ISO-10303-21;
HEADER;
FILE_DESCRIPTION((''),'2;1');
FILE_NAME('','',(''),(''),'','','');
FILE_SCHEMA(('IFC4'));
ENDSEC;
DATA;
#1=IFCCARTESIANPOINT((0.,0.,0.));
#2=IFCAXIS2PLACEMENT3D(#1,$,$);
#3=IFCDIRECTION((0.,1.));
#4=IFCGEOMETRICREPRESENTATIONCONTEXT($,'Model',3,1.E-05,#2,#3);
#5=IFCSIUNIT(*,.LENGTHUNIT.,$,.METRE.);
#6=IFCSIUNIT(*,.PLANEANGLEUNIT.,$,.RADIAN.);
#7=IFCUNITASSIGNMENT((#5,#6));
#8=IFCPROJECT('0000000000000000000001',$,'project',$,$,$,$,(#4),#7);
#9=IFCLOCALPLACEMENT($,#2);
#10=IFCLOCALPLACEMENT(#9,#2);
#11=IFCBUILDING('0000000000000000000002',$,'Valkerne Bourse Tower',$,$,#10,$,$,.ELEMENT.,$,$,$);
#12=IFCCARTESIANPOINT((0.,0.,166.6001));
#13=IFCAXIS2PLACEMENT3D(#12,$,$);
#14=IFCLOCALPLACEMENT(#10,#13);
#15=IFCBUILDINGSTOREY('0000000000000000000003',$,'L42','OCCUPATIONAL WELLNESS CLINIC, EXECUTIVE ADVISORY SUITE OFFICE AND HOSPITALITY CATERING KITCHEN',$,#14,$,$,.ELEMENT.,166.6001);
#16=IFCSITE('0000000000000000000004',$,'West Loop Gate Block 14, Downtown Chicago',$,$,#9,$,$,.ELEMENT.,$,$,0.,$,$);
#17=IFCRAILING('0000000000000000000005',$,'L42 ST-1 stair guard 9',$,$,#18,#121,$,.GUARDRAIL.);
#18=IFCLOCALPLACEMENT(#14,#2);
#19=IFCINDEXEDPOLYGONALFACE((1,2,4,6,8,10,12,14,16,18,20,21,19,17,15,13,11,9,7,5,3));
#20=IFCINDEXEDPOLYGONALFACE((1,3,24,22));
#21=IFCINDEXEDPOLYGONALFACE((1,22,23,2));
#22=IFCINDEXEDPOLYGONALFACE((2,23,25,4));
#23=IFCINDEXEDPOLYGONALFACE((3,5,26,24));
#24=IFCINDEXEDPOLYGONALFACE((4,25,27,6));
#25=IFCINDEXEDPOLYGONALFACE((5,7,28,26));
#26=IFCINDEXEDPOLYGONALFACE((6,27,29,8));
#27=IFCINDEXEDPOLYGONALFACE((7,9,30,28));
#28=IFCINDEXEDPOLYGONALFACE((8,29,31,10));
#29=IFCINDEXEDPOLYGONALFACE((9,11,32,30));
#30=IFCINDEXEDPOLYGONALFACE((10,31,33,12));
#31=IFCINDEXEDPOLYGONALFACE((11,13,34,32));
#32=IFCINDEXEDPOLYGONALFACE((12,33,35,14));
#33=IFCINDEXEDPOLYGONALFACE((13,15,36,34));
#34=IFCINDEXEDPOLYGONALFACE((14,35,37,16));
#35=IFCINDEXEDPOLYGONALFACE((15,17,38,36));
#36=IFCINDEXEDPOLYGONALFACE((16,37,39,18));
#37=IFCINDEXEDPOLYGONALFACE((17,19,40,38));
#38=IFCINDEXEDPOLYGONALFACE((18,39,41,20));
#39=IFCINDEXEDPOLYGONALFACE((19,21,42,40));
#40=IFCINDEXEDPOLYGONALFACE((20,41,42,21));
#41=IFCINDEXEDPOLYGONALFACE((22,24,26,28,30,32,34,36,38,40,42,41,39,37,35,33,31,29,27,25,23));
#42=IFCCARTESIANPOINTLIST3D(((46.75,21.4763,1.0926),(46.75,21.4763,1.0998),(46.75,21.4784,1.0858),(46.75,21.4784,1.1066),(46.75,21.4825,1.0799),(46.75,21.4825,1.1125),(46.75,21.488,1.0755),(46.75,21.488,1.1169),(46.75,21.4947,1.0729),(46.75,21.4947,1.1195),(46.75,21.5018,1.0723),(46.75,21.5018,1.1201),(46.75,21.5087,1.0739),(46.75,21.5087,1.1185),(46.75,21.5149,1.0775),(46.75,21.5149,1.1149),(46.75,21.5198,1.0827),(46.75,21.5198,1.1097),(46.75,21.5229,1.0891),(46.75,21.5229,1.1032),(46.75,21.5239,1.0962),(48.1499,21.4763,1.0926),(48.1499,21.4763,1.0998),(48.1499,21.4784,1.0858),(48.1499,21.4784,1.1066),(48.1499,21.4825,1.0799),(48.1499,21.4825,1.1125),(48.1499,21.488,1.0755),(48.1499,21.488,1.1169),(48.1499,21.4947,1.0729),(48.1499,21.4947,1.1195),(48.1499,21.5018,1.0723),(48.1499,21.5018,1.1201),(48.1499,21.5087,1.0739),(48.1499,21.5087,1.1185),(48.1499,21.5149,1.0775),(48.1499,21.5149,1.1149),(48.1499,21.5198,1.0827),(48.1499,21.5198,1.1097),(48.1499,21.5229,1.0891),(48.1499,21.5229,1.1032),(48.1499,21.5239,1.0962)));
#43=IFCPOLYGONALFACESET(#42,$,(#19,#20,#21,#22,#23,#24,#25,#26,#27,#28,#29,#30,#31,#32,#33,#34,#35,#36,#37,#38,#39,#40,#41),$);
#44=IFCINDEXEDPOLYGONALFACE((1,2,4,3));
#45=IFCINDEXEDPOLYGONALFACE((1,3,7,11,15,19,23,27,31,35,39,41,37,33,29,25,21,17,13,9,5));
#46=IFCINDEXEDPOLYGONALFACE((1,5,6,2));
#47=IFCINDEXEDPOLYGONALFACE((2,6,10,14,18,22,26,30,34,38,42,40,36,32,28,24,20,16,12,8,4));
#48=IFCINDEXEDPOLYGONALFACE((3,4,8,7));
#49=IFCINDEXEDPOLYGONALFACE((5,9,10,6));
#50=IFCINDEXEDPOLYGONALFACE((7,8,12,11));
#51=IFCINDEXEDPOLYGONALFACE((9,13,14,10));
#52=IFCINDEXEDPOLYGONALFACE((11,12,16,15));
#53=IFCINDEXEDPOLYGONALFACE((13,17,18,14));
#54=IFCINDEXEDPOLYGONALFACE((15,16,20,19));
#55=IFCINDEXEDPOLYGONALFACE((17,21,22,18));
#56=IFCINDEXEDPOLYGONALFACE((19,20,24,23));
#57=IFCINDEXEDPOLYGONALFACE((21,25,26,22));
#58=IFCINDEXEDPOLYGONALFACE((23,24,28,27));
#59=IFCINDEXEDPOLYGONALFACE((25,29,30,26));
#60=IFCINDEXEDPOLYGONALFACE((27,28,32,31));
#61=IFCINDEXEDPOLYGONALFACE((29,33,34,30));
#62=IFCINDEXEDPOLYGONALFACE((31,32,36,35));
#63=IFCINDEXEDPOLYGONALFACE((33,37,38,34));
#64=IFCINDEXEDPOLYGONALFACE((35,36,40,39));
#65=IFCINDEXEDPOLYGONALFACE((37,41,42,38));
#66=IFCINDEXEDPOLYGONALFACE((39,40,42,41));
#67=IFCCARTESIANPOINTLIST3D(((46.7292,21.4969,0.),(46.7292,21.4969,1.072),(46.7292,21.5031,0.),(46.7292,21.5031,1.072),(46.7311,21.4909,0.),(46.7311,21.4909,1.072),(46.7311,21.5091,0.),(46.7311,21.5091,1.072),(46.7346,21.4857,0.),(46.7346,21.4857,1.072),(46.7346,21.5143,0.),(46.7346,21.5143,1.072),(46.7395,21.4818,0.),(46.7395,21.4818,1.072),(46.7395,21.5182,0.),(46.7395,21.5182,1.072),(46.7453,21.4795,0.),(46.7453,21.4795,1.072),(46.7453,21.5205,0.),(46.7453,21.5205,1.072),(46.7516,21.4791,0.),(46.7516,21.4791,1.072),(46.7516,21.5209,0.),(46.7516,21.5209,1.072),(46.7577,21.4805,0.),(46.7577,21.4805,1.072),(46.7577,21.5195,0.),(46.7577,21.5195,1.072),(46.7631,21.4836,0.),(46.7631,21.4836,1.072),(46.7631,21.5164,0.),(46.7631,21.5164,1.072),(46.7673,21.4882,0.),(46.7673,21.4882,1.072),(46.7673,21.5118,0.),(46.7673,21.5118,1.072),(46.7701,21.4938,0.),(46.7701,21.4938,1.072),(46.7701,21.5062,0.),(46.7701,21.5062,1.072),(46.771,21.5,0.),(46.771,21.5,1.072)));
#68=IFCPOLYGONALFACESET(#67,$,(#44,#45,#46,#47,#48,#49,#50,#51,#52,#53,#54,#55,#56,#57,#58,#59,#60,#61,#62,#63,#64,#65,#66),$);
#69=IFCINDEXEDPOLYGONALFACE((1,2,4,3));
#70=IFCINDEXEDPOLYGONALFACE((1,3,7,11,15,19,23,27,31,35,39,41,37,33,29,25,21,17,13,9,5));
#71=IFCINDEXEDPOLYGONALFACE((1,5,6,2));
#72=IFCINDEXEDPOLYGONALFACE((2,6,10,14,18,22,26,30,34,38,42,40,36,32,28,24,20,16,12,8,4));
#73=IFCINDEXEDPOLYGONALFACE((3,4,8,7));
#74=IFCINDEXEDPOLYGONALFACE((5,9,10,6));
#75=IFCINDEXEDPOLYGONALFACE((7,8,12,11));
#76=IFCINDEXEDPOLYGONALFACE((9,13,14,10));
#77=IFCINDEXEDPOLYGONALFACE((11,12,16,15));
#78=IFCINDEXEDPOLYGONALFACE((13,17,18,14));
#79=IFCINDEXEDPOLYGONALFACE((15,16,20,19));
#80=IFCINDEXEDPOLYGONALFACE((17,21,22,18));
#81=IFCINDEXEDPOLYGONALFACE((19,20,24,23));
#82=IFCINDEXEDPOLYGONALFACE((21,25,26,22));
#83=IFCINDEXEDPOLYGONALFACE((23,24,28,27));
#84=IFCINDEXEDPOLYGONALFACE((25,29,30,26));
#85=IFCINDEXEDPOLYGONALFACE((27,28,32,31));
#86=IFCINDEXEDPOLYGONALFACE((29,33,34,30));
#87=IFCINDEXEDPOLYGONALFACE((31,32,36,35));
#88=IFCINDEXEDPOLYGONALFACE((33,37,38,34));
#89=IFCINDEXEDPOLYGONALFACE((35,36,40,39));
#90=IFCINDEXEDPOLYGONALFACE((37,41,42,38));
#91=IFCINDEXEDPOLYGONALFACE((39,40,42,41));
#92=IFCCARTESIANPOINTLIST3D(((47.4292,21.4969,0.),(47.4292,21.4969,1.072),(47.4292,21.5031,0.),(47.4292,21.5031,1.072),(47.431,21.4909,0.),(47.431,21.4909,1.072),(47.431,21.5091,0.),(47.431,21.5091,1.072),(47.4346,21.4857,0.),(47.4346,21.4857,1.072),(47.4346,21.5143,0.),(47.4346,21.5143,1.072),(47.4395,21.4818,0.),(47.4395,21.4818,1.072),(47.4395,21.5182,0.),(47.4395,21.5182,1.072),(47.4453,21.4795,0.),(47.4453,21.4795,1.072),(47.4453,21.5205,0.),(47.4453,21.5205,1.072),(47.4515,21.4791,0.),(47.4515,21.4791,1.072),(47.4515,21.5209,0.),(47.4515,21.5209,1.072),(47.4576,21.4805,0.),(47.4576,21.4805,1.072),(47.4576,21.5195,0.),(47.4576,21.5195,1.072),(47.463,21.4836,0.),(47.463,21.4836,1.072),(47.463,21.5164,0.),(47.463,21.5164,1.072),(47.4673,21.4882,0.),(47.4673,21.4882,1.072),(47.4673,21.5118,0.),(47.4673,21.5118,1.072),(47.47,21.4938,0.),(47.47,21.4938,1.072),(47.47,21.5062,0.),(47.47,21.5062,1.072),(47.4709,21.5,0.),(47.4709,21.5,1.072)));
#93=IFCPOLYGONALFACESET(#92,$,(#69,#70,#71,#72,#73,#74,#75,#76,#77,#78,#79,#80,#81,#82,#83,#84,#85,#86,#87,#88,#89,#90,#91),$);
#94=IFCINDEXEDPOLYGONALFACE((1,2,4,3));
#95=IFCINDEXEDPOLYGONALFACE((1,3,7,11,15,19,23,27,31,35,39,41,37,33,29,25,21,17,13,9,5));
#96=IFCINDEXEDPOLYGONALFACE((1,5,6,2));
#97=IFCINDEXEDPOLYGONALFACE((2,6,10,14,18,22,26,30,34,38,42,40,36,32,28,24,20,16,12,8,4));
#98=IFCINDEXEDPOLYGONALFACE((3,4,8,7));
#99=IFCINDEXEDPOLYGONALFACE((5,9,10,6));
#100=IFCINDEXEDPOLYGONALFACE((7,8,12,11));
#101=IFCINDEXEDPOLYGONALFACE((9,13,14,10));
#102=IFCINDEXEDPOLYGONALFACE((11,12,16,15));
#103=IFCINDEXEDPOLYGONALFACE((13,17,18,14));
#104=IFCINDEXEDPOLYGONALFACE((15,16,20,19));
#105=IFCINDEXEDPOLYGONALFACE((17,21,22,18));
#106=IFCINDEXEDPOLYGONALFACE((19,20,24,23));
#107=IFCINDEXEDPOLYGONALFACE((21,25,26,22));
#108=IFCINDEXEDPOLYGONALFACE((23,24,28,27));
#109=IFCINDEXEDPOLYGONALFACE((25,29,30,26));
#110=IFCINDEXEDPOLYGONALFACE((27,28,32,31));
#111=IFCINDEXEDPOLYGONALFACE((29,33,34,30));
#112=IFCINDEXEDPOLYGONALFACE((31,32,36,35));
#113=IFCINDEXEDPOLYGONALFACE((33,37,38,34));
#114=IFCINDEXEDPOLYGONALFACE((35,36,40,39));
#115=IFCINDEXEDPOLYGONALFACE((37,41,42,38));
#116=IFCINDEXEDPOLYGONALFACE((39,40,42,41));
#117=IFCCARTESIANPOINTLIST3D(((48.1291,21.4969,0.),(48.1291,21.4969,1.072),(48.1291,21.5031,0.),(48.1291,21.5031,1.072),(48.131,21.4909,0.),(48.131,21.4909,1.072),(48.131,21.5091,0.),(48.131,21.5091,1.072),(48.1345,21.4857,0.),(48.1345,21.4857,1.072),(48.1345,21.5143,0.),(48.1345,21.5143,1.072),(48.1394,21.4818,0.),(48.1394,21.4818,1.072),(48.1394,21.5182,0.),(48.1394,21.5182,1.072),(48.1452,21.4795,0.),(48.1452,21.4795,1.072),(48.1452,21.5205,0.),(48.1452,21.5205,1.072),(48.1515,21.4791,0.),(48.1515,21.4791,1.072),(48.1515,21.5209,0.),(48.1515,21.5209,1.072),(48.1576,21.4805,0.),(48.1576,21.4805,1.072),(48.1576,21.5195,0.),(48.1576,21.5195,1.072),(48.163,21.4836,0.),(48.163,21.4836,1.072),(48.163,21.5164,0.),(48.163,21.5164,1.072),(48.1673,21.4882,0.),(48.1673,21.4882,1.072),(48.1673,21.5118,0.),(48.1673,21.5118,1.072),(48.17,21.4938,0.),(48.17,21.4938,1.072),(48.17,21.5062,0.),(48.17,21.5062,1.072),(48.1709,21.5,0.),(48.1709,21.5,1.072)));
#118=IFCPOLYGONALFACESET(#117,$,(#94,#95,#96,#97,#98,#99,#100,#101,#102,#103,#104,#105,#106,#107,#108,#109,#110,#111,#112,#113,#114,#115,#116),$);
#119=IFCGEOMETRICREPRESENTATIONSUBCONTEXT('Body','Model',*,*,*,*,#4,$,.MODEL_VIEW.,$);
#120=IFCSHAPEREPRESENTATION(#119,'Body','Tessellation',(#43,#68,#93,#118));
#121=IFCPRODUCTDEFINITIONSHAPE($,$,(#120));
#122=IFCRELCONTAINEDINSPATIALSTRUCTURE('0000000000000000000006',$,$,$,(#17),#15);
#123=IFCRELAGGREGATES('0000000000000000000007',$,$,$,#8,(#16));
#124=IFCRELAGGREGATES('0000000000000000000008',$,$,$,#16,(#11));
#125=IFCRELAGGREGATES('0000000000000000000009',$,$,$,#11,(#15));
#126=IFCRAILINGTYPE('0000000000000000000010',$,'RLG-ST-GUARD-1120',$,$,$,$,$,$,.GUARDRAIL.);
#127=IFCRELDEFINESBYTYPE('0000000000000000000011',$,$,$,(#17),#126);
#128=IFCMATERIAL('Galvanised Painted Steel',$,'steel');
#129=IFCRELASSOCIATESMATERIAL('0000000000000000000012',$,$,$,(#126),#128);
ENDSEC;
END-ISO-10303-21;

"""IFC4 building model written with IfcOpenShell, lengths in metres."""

from ifc_helpers import new_model, si_unit, direction, frame, origin, origin_2d, place, context, subcontext, project, spatial, circle, extrude, material, type_object, element, save


model = new_model("IFC4")

# Units and contexts
model_context = context("Model", 3, precision=1e-05, world=origin(), true_north=direction((0.0, 1.0)))
body_context = subcontext(model_context, "Body", "Model", "MODEL_VIEW")
ifc_project = project(units=[si_unit("LENGTHUNIT", "METRE"), si_unit("PLANEANGLEUNIT", "RADIAN")], contexts=[model_context])

# Site, building, storey
site_placement = place(None, origin())
site = spatial("IfcSite", under=ifc_project, at=site_placement, Name="West Loop Gate Block 14, Downtown Chicago", CompositionType="ELEMENT", RefElevation=0.0)
building_placement = place(site_placement, origin())
building = spatial("IfcBuilding", under=site, at=building_placement, Name="Valkerne Bourse Tower", CompositionType="ELEMENT")
storey_placement = place(building_placement, frame((0.0, 0.0, 166.6001)))
storey = spatial("IfcBuildingStorey", under=building, at=storey_placement, Name="L42", Description="OCCUPATIONAL WELLNESS CLINIC, EXECUTIVE ADVISORY SUITE OFFICE AND HOSPITALITY CATERING KITCHEN", CompositionType="ELEMENT", Elevation=166.6001)

# Shared definitions
ifc_material_1 = material(Name="Galvanised Painted Steel", Category="steel")

# Railing
railing_type_1 = type_object("IfcRailingType", Name="RLG-ST-GUARD-1120", PredefinedType="GUARDRAIL", material=ifc_material_1)
for number, where, name in (
    (1, (46.75, 21.5, 0.0), "L42 ST-1 stair guard 9"),
):
    element("IfcRailing", number, at=place(storey_placement, frame(where)), inside=storey, type_object=railing_type_1, Name=name, PredefinedType="GUARDRAIL", context=body_context, shape_type="SweptSolid", body=[
        extrude(circle(Radius=0.0239, at=origin_2d()), frame((0.0, 0.0, 1.0962), z_axis=(1.0, 0.0, 0.0), x_axis=(0.0, 1.0, 0.0)), (0.0, 0.0, 1.0), 1.3999),
        extrude(circle(Radius=0.021, at=origin_2d()), origin(), (0.0, 0.0, 1.0), 1.072),
        extrude(circle(Radius=0.021, at=origin_2d()), frame((0.7, 0.0, 0.0)), (0.0, 0.0, 1.0), 1.072),
        extrude(circle(Radius=0.021, at=origin_2d()), frame((1.3999, 0.0, 0.0)), (0.0, 0.0, 1.0), 1.072),
    ])

save(model, "model.ifc")
